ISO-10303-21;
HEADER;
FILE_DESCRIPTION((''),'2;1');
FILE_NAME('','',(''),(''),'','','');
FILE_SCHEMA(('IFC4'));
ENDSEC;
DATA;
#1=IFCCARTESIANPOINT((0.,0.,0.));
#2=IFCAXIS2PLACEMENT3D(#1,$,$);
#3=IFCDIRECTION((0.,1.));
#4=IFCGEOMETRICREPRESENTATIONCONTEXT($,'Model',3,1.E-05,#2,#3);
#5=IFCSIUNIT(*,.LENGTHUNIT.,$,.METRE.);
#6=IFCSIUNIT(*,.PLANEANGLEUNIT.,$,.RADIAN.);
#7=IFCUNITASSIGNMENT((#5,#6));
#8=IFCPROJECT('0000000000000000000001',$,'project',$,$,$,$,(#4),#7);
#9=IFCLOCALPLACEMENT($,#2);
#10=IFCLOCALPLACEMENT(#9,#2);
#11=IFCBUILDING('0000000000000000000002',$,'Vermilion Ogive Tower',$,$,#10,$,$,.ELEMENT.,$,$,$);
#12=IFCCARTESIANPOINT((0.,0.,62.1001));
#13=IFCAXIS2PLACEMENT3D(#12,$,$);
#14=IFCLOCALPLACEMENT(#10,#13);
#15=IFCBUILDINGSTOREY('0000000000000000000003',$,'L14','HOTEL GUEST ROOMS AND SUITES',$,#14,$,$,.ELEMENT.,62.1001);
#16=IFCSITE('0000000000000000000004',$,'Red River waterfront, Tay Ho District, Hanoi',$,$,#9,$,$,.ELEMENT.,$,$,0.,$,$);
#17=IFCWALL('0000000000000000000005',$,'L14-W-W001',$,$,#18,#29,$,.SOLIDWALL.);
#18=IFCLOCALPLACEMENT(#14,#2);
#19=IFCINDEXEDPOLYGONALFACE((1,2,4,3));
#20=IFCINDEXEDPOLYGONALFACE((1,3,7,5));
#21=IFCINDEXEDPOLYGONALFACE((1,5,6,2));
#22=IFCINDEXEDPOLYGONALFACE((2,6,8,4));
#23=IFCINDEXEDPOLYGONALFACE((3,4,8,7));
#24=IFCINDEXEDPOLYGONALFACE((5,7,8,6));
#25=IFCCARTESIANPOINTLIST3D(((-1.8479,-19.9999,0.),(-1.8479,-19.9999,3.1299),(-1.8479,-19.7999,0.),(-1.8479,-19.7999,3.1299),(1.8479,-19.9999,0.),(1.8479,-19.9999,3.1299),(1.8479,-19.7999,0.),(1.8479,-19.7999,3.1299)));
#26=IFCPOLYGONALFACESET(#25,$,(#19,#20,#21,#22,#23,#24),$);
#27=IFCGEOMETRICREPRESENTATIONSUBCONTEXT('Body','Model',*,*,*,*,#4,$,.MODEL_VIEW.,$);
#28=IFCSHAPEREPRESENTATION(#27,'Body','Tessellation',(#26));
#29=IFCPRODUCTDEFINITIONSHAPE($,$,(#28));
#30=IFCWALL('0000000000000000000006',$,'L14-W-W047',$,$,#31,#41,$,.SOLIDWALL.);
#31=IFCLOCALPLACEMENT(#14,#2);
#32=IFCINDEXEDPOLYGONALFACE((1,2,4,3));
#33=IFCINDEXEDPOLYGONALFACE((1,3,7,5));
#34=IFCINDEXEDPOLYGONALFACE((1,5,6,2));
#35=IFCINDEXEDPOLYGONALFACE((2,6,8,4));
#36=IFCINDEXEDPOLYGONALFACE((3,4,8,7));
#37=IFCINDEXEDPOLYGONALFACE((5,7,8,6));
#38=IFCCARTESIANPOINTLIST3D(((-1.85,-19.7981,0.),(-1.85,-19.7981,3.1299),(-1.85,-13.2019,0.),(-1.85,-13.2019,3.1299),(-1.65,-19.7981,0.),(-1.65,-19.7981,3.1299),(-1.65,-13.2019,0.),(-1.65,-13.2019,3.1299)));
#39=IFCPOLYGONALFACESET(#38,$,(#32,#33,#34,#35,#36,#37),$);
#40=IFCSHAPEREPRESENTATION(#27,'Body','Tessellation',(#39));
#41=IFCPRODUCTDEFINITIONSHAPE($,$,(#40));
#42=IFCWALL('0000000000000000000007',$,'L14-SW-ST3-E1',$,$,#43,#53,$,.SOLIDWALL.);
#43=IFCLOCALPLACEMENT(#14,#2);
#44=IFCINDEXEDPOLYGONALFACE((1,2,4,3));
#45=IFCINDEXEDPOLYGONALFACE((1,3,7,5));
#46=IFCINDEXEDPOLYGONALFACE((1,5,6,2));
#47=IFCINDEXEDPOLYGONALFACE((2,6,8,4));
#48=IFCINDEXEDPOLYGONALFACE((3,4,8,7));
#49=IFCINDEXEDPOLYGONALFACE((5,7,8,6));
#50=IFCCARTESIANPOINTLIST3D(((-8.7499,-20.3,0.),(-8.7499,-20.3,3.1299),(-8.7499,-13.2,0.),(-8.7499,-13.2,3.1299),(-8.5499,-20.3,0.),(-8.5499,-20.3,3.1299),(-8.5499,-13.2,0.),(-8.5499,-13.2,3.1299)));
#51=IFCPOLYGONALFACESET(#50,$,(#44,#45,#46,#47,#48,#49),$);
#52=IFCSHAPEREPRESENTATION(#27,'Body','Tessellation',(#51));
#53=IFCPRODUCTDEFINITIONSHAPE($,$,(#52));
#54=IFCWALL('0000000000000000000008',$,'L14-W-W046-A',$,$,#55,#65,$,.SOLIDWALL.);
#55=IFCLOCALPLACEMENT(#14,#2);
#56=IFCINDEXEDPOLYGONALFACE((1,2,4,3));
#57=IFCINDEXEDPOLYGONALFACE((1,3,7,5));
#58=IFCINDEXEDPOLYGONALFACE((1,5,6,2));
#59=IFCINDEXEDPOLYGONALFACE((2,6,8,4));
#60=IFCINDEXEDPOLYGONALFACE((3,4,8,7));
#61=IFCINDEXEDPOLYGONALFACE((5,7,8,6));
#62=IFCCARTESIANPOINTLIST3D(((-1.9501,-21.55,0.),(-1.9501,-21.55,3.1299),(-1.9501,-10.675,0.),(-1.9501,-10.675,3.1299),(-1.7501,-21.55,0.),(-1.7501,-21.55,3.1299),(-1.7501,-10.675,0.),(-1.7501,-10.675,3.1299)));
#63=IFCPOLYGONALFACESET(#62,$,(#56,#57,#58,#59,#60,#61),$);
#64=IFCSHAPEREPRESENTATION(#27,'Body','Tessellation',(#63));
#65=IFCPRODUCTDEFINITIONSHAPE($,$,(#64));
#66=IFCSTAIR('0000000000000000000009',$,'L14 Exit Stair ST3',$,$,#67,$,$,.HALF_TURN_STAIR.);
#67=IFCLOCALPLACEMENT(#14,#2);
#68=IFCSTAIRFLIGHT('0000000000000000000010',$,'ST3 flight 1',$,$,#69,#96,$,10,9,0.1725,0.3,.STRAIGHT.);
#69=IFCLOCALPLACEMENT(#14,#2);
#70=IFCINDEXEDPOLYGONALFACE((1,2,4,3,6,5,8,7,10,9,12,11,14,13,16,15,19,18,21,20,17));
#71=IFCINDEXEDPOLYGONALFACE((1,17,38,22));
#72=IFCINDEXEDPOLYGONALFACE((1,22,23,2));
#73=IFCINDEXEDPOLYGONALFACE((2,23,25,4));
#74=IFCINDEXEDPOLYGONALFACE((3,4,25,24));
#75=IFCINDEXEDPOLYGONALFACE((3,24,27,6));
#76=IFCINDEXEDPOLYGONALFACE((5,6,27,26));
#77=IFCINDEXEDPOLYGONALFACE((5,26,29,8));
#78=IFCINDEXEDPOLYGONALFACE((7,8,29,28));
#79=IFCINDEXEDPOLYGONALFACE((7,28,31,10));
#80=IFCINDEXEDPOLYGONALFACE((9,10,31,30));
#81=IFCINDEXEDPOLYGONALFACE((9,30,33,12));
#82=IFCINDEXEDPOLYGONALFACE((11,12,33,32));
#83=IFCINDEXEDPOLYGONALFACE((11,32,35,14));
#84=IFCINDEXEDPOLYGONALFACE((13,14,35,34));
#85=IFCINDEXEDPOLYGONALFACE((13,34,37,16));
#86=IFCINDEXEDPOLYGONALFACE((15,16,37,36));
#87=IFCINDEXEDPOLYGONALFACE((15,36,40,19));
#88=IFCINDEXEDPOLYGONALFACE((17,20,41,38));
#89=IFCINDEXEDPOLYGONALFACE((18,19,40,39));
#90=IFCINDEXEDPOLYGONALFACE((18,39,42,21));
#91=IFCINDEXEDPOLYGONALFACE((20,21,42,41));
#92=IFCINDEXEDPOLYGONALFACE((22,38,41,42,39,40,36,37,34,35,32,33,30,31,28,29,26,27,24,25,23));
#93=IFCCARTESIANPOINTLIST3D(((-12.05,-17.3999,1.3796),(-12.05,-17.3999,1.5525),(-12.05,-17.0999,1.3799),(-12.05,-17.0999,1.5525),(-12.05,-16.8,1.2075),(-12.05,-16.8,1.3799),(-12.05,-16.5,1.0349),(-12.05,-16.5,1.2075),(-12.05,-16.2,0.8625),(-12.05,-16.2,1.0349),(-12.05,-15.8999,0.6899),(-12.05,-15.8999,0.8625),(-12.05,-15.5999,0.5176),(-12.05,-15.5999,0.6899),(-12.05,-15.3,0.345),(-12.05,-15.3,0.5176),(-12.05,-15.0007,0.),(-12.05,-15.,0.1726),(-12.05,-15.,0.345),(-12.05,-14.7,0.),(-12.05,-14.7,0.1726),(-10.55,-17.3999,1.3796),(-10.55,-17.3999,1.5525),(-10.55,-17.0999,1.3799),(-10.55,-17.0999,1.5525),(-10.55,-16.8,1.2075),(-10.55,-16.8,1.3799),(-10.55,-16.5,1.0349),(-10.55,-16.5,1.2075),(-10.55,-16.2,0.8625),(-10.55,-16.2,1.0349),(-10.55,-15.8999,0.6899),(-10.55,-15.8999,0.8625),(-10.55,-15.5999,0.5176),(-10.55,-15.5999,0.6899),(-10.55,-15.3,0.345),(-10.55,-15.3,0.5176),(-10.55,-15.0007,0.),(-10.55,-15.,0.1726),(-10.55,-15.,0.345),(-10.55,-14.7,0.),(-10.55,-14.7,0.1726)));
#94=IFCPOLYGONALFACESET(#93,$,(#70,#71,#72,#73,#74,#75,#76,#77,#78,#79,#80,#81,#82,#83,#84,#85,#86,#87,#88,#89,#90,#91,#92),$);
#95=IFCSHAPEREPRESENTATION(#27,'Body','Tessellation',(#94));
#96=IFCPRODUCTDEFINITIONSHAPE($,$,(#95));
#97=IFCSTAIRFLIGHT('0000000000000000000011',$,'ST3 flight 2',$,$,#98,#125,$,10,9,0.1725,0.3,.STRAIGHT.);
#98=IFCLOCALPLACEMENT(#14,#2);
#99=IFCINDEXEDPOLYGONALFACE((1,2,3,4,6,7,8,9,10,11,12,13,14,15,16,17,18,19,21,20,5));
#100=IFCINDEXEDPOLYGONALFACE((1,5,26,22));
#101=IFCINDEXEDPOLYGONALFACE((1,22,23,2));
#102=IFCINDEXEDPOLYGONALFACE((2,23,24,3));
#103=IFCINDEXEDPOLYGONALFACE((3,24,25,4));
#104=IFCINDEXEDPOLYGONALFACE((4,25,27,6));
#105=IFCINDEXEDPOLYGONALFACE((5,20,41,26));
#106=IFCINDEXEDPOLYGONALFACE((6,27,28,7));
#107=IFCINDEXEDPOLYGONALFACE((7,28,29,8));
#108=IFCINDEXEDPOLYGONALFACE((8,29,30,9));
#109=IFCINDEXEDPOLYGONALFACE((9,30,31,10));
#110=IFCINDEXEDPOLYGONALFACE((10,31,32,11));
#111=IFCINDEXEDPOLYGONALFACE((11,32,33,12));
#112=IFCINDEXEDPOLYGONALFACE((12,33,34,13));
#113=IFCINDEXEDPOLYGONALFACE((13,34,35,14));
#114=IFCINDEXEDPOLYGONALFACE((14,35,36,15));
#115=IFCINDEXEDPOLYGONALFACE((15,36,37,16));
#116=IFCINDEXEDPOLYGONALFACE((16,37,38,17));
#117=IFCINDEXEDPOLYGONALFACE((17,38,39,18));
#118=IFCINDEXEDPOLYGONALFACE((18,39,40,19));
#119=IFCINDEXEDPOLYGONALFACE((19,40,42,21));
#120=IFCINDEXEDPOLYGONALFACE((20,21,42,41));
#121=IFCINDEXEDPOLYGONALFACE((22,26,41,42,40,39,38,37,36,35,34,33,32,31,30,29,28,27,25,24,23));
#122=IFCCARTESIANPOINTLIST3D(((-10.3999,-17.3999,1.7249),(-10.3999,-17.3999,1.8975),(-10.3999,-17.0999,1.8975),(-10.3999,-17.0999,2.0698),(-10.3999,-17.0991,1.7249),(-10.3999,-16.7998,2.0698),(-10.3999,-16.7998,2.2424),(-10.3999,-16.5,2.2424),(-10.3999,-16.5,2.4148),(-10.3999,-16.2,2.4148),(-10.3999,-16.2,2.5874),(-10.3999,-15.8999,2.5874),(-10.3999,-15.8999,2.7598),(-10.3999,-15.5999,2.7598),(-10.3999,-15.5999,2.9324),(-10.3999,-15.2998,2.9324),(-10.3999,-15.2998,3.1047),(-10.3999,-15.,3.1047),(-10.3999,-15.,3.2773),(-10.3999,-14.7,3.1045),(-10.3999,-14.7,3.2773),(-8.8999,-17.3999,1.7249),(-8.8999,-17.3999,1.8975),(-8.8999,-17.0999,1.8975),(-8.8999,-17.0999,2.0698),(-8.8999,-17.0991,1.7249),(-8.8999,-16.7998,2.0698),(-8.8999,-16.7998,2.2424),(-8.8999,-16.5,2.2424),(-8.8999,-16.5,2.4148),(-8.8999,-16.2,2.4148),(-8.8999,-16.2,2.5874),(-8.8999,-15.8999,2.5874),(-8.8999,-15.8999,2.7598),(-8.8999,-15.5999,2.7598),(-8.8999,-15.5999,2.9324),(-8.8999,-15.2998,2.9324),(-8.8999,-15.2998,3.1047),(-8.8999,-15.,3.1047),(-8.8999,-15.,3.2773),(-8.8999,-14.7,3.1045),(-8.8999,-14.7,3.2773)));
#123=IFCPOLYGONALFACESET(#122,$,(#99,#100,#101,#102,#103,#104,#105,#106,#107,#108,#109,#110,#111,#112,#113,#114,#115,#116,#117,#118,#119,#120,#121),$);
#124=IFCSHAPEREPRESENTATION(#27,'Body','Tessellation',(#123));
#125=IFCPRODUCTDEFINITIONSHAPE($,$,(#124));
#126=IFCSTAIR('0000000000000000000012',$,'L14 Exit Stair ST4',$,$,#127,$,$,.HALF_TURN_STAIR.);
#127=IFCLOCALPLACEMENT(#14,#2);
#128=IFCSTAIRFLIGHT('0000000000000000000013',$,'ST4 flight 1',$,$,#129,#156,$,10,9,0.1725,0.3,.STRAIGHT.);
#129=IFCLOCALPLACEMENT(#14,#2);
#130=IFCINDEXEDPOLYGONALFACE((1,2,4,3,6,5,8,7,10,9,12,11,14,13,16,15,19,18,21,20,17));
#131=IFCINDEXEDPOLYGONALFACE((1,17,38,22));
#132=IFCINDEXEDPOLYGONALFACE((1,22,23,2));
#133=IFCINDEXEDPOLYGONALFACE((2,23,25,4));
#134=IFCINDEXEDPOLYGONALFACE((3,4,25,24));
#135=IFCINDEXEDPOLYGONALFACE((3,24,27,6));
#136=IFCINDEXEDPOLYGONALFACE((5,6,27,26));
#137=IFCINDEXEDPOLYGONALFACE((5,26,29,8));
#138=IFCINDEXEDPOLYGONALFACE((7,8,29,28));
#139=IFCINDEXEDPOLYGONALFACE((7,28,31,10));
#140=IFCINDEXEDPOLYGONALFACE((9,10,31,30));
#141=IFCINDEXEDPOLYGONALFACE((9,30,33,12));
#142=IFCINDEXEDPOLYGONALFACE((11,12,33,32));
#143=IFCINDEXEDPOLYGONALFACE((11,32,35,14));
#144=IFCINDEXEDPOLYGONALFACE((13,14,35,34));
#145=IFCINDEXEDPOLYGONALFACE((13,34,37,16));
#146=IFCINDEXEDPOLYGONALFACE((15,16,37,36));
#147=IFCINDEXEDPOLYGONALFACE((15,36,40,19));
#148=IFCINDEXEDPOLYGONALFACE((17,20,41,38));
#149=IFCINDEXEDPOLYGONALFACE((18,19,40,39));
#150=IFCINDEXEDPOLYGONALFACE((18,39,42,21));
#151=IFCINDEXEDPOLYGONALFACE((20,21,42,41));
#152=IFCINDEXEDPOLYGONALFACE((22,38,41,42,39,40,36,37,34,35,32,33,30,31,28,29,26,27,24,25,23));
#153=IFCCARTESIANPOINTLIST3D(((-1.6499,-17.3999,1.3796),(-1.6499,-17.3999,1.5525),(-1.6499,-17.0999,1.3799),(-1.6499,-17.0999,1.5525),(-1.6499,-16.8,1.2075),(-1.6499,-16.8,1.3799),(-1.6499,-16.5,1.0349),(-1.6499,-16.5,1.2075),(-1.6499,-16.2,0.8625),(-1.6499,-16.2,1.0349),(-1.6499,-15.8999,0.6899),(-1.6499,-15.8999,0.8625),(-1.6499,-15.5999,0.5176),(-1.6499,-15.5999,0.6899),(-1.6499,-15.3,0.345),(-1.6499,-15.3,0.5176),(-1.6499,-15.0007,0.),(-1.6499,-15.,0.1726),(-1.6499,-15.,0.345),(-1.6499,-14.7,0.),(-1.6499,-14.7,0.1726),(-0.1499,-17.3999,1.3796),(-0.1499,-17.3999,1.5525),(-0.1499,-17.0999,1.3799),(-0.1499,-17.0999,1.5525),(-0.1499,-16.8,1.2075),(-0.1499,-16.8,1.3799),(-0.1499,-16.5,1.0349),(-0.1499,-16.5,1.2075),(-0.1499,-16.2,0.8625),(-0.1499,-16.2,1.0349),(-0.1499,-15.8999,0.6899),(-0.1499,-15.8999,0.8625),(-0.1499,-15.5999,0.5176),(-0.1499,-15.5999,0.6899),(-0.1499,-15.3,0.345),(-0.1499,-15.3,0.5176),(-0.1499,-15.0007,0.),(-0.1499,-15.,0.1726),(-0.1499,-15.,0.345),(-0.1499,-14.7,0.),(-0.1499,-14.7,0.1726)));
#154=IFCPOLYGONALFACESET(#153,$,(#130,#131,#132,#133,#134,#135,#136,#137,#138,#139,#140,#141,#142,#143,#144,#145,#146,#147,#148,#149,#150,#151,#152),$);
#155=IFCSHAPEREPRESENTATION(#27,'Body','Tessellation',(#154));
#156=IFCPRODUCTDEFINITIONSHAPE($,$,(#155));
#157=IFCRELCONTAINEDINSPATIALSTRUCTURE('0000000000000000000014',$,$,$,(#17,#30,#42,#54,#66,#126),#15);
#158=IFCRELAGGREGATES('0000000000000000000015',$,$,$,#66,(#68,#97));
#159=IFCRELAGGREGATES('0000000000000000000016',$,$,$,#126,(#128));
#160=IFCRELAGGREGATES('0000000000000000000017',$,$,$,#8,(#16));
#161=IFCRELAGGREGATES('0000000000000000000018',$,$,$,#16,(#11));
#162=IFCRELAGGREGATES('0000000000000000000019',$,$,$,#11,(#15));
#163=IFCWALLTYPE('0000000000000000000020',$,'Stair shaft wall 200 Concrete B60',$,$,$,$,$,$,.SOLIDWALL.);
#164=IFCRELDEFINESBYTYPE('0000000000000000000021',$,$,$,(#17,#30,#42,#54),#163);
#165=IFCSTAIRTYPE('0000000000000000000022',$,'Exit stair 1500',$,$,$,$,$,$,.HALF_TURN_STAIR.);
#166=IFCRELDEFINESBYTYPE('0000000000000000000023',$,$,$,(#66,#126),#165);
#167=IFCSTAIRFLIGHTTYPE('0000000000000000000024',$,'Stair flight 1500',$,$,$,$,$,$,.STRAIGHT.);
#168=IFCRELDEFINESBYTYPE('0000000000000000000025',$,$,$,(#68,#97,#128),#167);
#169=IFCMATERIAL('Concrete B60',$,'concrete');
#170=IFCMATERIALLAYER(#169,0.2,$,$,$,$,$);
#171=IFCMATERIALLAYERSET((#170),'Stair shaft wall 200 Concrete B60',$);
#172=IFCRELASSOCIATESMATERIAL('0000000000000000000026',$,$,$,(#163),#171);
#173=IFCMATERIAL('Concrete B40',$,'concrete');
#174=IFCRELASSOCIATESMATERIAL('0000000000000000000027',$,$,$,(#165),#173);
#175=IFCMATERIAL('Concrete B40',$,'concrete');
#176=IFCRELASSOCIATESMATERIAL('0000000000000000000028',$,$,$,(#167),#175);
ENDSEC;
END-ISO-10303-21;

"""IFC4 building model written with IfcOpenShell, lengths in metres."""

from ifc_helpers import new_model, si_unit, direction, frame, frame_2d, origin, place, context, subcontext, project, spatial, polyline, rectangle, outline, extrude, material, layer, layer_set, type_object, element, aggregate, save


model = new_model("IFC4")

# Units and contexts
model_context = context("Model", 3, precision=1e-05, world=origin(), true_north=direction((0.0, 1.0)))
body_context = subcontext(model_context, "Body", "Model", "MODEL_VIEW")
ifc_project = project(units=[si_unit("LENGTHUNIT", "METRE"), si_unit("PLANEANGLEUNIT", "RADIAN")], contexts=[model_context])

# Site, building, storey
site_placement = place(None, origin())
site = spatial("IfcSite", under=ifc_project, at=site_placement, Name="Red River waterfront, Tay Ho District, Hanoi", CompositionType="ELEMENT", RefElevation=0.0)
building_placement = place(site_placement, origin())
building = spatial("IfcBuilding", under=site, at=building_placement, Name="Vermilion Ogive Tower", CompositionType="ELEMENT")
storey_placement = place(building_placement, frame((0.0, 0.0, 62.1001)))
storey = spatial("IfcBuildingStorey", under=building, at=storey_placement, Name="L14", Description="HOTEL GUEST ROOMS AND SUITES", CompositionType="ELEMENT", Elevation=62.1001)

# Walls
ifc_material_1 = material(Name="Concrete B60", Category="concrete")
ifc_layer_1 = layer(ifc_material_1, 0.2)
ifc_layer_set_1 = layer_set([ifc_layer_1], Name="Stair shaft wall 200 Concrete B60")
wall_type = type_object("IfcWallType", Name="Stair shaft wall 200 Concrete B60", PredefinedType="SOLIDWALL", material=ifc_layer_set_1)
wall_1_placement = place(storey_placement, frame((-1.8479, -19.8999, 0.0), z_axis=(0.0, 0.0, 1.0), x_axis=(1.0, 0.0, 0.0)))
element("IfcWall", 1, at=wall_1_placement, inside=storey, type_object=wall_type, Name="L14-W-W001", PredefinedType="SOLIDWALL", context=body_context, shape_type="SweptSolid", body=[
    extrude(rectangle(XDim=3.6958, YDim=0.2, at=frame_2d((1.8479, 0.0))), origin(), (0.0, 0.0, 1.0), 3.1299),
])
wall_2_placement = place(storey_placement, frame((-1.75, -19.7981, 0.0), z_axis=(0.0, 0.0, 1.0), x_axis=(0.0, 1.0, 0.0)))
element("IfcWall", 2, at=wall_2_placement, inside=storey, type_object=wall_type, Name="L14-W-W047", PredefinedType="SOLIDWALL", context=body_context, shape_type="SweptSolid", body=[
    extrude(rectangle(XDim=6.5962, YDim=0.2, at=frame_2d((3.2981, 0.0))), origin(), (0.0, 0.0, 1.0), 3.1299),
])
wall_3_placement = place(storey_placement, frame((-8.6499, -20.3, 0.0), z_axis=(0.0, 0.0, 1.0), x_axis=(0.0, 1.0, 0.0)))
element("IfcWall", 3, at=wall_3_placement, inside=storey, type_object=wall_type, Name="L14-SW-ST3-E1", PredefinedType="SOLIDWALL", context=body_context, shape_type="SweptSolid", body=[
    extrude(rectangle(XDim=7.1001, YDim=0.2, at=frame_2d((3.55, 0.0))), origin(), (0.0, 0.0, 1.0), 3.1299),
])
wall_4_placement = place(storey_placement, frame((-1.8501, -21.55, 0.0), z_axis=(0.0, 0.0, 1.0), x_axis=(0.0, 1.0, 0.0)))
element("IfcWall", 4, at=wall_4_placement, inside=storey, type_object=wall_type, Name="L14-W-W046-A", PredefinedType="SOLIDWALL", context=body_context, shape_type="SweptSolid", body=[
    extrude(rectangle(XDim=10.875, YDim=0.2, at=frame_2d((5.4375, 0.0))), origin(), (0.0, 0.0, 1.0), 3.1299),
])

# Stair, stair flights
ifc_material_2 = material(Name="Concrete B40", Category="concrete")
stair_type = type_object("IfcStairType", Name="Exit stair 1500", PredefinedType="HALF_TURN_STAIR", material=ifc_material_2)
stair_1_placement = place(storey_placement, origin())
stair_1 = element("IfcStair", 5, at=stair_1_placement, inside=storey, type_object=stair_type, Name="L14 Exit Stair ST3", PredefinedType="HALF_TURN_STAIR")
ifc_material_3 = material(Name="Concrete B40", Category="concrete")
stair_flight_type = type_object("IfcStairFlightType", Name="Stair flight 1500", PredefinedType="STRAIGHT", material=ifc_material_3)
stair_flight_1_placement = place(storey_placement, frame((-11.3, -14.7, 0.0), z_axis=(0.0, 0.0, 1.0), x_axis=(0.0, -1.0, 0.0)))
stair_flight_1 = element("IfcStairFlight", 6, at=stair_flight_1_placement, type_object=stair_flight_type, Name="ST3 flight 1", NumberOfRisers=10, NumberOfTreads=9, PredefinedType="STRAIGHT", RiserHeight=0.1725, TreadLength=0.3, context=body_context, shape_type="SweptSolid", body=[
    extrude(outline(polyline([(0.0, 0.0), (0.0, 0.1726), (0.3, 0.1726), (0.3, 0.345), (0.6001, 0.345), (0.6001, 0.5176), (0.8999, 0.5176), (0.8999, 0.6899), (1.2, 0.6899), (1.2, 0.8625), (1.5, 0.8625), (1.5, 1.0349), (1.8, 1.0349), (1.8, 1.2075), (2.1001, 1.2075), (2.1001, 1.3799), (2.3999, 1.3799), (2.3999, 1.5525), (2.7, 1.5525), (2.7, 1.7251), (2.7, 1.3796), (0.3008, 0.0), (0.0, 0.0)])), frame((0.0, 0.75, 0.0), z_axis=(0.0, -1.0, 0.0), x_axis=(1.0, 0.0, 0.0)), (0.0, 0.0, 1.0), 1.5),
])
stair_flight_2_placement = place(storey_placement, frame((-9.6499, -17.3999, 1.7249), z_axis=(0.0, 0.0, 1.0), x_axis=(0.0, 1.0, 0.0)))
stair_flight_2 = element("IfcStairFlight", 7, at=stair_flight_2_placement, type_object=stair_flight_type, Name="ST3 flight 2", NumberOfRisers=10, NumberOfTreads=9, PredefinedType="STRAIGHT", RiserHeight=0.1725, TreadLength=0.3, context=body_context, shape_type="SweptSolid", body=[
    extrude(outline(polyline([(0.0, 0.0), (0.0, 0.1726), (0.3, 0.1726), (0.3, 0.345), (0.6001, 0.345), (0.6001, 0.5176), (0.8999, 0.5176), (0.8999, 0.6899), (1.2, 0.6899), (1.2, 0.8625), (1.5, 0.8625), (1.5, 1.0349), (1.8, 1.0349), (1.8, 1.2075), (2.1001, 1.2075), (2.1001, 1.3799), (2.3999, 1.3799), (2.3999, 1.5525), (2.7, 1.5525), (2.7, 1.7251), (2.7, 1.3796), (0.3008, 0.0), (0.0, 0.0)])), frame((0.0, 0.75, 0.0), z_axis=(0.0, -1.0, 0.0), x_axis=(1.0, 0.0, 0.0)), (0.0, 0.0, 1.0), 1.5),
])
aggregate(stair_1, [stair_flight_1, stair_flight_2])

# Stair, stair flight
stair_2_placement = place(storey_placement, origin())
stair_2 = element("IfcStair", 8, at=stair_2_placement, inside=storey, type_object=stair_type, Name="L14 Exit Stair ST4", PredefinedType="HALF_TURN_STAIR")
stair_flight_3_placement = place(storey_placement, frame((-0.8999, -14.7, 0.0), z_axis=(0.0, 0.0, 1.0), x_axis=(0.0, -1.0, 0.0)))
stair_flight_3 = element("IfcStairFlight", 9, at=stair_flight_3_placement, type_object=stair_flight_type, Name="ST4 flight 1", NumberOfRisers=10, NumberOfTreads=9, PredefinedType="STRAIGHT", RiserHeight=0.1725, TreadLength=0.3, context=body_context, shape_type="SweptSolid", body=[
    extrude(outline(polyline([(0.0, 0.0), (0.0, 0.1726), (0.3, 0.1726), (0.3, 0.345), (0.6001, 0.345), (0.6001, 0.5176), (0.8999, 0.5176), (0.8999, 0.6899), (1.2, 0.6899), (1.2, 0.8625), (1.5, 0.8625), (1.5, 1.0349), (1.8, 1.0349), (1.8, 1.2075), (2.1001, 1.2075), (2.1001, 1.3799), (2.3999, 1.3799), (2.3999, 1.5525), (2.7, 1.5525), (2.7, 1.7251), (2.7, 1.3796), (0.3008, 0.0), (0.0, 0.0)])), frame((0.0, 0.75, 0.0), z_axis=(0.0, -1.0, 0.0), x_axis=(1.0, 0.0, 0.0)), (0.0, 0.0, 1.0), 1.5),
])
aggregate(stair_2, [stair_flight_3])

save(model, "model.ifc")
